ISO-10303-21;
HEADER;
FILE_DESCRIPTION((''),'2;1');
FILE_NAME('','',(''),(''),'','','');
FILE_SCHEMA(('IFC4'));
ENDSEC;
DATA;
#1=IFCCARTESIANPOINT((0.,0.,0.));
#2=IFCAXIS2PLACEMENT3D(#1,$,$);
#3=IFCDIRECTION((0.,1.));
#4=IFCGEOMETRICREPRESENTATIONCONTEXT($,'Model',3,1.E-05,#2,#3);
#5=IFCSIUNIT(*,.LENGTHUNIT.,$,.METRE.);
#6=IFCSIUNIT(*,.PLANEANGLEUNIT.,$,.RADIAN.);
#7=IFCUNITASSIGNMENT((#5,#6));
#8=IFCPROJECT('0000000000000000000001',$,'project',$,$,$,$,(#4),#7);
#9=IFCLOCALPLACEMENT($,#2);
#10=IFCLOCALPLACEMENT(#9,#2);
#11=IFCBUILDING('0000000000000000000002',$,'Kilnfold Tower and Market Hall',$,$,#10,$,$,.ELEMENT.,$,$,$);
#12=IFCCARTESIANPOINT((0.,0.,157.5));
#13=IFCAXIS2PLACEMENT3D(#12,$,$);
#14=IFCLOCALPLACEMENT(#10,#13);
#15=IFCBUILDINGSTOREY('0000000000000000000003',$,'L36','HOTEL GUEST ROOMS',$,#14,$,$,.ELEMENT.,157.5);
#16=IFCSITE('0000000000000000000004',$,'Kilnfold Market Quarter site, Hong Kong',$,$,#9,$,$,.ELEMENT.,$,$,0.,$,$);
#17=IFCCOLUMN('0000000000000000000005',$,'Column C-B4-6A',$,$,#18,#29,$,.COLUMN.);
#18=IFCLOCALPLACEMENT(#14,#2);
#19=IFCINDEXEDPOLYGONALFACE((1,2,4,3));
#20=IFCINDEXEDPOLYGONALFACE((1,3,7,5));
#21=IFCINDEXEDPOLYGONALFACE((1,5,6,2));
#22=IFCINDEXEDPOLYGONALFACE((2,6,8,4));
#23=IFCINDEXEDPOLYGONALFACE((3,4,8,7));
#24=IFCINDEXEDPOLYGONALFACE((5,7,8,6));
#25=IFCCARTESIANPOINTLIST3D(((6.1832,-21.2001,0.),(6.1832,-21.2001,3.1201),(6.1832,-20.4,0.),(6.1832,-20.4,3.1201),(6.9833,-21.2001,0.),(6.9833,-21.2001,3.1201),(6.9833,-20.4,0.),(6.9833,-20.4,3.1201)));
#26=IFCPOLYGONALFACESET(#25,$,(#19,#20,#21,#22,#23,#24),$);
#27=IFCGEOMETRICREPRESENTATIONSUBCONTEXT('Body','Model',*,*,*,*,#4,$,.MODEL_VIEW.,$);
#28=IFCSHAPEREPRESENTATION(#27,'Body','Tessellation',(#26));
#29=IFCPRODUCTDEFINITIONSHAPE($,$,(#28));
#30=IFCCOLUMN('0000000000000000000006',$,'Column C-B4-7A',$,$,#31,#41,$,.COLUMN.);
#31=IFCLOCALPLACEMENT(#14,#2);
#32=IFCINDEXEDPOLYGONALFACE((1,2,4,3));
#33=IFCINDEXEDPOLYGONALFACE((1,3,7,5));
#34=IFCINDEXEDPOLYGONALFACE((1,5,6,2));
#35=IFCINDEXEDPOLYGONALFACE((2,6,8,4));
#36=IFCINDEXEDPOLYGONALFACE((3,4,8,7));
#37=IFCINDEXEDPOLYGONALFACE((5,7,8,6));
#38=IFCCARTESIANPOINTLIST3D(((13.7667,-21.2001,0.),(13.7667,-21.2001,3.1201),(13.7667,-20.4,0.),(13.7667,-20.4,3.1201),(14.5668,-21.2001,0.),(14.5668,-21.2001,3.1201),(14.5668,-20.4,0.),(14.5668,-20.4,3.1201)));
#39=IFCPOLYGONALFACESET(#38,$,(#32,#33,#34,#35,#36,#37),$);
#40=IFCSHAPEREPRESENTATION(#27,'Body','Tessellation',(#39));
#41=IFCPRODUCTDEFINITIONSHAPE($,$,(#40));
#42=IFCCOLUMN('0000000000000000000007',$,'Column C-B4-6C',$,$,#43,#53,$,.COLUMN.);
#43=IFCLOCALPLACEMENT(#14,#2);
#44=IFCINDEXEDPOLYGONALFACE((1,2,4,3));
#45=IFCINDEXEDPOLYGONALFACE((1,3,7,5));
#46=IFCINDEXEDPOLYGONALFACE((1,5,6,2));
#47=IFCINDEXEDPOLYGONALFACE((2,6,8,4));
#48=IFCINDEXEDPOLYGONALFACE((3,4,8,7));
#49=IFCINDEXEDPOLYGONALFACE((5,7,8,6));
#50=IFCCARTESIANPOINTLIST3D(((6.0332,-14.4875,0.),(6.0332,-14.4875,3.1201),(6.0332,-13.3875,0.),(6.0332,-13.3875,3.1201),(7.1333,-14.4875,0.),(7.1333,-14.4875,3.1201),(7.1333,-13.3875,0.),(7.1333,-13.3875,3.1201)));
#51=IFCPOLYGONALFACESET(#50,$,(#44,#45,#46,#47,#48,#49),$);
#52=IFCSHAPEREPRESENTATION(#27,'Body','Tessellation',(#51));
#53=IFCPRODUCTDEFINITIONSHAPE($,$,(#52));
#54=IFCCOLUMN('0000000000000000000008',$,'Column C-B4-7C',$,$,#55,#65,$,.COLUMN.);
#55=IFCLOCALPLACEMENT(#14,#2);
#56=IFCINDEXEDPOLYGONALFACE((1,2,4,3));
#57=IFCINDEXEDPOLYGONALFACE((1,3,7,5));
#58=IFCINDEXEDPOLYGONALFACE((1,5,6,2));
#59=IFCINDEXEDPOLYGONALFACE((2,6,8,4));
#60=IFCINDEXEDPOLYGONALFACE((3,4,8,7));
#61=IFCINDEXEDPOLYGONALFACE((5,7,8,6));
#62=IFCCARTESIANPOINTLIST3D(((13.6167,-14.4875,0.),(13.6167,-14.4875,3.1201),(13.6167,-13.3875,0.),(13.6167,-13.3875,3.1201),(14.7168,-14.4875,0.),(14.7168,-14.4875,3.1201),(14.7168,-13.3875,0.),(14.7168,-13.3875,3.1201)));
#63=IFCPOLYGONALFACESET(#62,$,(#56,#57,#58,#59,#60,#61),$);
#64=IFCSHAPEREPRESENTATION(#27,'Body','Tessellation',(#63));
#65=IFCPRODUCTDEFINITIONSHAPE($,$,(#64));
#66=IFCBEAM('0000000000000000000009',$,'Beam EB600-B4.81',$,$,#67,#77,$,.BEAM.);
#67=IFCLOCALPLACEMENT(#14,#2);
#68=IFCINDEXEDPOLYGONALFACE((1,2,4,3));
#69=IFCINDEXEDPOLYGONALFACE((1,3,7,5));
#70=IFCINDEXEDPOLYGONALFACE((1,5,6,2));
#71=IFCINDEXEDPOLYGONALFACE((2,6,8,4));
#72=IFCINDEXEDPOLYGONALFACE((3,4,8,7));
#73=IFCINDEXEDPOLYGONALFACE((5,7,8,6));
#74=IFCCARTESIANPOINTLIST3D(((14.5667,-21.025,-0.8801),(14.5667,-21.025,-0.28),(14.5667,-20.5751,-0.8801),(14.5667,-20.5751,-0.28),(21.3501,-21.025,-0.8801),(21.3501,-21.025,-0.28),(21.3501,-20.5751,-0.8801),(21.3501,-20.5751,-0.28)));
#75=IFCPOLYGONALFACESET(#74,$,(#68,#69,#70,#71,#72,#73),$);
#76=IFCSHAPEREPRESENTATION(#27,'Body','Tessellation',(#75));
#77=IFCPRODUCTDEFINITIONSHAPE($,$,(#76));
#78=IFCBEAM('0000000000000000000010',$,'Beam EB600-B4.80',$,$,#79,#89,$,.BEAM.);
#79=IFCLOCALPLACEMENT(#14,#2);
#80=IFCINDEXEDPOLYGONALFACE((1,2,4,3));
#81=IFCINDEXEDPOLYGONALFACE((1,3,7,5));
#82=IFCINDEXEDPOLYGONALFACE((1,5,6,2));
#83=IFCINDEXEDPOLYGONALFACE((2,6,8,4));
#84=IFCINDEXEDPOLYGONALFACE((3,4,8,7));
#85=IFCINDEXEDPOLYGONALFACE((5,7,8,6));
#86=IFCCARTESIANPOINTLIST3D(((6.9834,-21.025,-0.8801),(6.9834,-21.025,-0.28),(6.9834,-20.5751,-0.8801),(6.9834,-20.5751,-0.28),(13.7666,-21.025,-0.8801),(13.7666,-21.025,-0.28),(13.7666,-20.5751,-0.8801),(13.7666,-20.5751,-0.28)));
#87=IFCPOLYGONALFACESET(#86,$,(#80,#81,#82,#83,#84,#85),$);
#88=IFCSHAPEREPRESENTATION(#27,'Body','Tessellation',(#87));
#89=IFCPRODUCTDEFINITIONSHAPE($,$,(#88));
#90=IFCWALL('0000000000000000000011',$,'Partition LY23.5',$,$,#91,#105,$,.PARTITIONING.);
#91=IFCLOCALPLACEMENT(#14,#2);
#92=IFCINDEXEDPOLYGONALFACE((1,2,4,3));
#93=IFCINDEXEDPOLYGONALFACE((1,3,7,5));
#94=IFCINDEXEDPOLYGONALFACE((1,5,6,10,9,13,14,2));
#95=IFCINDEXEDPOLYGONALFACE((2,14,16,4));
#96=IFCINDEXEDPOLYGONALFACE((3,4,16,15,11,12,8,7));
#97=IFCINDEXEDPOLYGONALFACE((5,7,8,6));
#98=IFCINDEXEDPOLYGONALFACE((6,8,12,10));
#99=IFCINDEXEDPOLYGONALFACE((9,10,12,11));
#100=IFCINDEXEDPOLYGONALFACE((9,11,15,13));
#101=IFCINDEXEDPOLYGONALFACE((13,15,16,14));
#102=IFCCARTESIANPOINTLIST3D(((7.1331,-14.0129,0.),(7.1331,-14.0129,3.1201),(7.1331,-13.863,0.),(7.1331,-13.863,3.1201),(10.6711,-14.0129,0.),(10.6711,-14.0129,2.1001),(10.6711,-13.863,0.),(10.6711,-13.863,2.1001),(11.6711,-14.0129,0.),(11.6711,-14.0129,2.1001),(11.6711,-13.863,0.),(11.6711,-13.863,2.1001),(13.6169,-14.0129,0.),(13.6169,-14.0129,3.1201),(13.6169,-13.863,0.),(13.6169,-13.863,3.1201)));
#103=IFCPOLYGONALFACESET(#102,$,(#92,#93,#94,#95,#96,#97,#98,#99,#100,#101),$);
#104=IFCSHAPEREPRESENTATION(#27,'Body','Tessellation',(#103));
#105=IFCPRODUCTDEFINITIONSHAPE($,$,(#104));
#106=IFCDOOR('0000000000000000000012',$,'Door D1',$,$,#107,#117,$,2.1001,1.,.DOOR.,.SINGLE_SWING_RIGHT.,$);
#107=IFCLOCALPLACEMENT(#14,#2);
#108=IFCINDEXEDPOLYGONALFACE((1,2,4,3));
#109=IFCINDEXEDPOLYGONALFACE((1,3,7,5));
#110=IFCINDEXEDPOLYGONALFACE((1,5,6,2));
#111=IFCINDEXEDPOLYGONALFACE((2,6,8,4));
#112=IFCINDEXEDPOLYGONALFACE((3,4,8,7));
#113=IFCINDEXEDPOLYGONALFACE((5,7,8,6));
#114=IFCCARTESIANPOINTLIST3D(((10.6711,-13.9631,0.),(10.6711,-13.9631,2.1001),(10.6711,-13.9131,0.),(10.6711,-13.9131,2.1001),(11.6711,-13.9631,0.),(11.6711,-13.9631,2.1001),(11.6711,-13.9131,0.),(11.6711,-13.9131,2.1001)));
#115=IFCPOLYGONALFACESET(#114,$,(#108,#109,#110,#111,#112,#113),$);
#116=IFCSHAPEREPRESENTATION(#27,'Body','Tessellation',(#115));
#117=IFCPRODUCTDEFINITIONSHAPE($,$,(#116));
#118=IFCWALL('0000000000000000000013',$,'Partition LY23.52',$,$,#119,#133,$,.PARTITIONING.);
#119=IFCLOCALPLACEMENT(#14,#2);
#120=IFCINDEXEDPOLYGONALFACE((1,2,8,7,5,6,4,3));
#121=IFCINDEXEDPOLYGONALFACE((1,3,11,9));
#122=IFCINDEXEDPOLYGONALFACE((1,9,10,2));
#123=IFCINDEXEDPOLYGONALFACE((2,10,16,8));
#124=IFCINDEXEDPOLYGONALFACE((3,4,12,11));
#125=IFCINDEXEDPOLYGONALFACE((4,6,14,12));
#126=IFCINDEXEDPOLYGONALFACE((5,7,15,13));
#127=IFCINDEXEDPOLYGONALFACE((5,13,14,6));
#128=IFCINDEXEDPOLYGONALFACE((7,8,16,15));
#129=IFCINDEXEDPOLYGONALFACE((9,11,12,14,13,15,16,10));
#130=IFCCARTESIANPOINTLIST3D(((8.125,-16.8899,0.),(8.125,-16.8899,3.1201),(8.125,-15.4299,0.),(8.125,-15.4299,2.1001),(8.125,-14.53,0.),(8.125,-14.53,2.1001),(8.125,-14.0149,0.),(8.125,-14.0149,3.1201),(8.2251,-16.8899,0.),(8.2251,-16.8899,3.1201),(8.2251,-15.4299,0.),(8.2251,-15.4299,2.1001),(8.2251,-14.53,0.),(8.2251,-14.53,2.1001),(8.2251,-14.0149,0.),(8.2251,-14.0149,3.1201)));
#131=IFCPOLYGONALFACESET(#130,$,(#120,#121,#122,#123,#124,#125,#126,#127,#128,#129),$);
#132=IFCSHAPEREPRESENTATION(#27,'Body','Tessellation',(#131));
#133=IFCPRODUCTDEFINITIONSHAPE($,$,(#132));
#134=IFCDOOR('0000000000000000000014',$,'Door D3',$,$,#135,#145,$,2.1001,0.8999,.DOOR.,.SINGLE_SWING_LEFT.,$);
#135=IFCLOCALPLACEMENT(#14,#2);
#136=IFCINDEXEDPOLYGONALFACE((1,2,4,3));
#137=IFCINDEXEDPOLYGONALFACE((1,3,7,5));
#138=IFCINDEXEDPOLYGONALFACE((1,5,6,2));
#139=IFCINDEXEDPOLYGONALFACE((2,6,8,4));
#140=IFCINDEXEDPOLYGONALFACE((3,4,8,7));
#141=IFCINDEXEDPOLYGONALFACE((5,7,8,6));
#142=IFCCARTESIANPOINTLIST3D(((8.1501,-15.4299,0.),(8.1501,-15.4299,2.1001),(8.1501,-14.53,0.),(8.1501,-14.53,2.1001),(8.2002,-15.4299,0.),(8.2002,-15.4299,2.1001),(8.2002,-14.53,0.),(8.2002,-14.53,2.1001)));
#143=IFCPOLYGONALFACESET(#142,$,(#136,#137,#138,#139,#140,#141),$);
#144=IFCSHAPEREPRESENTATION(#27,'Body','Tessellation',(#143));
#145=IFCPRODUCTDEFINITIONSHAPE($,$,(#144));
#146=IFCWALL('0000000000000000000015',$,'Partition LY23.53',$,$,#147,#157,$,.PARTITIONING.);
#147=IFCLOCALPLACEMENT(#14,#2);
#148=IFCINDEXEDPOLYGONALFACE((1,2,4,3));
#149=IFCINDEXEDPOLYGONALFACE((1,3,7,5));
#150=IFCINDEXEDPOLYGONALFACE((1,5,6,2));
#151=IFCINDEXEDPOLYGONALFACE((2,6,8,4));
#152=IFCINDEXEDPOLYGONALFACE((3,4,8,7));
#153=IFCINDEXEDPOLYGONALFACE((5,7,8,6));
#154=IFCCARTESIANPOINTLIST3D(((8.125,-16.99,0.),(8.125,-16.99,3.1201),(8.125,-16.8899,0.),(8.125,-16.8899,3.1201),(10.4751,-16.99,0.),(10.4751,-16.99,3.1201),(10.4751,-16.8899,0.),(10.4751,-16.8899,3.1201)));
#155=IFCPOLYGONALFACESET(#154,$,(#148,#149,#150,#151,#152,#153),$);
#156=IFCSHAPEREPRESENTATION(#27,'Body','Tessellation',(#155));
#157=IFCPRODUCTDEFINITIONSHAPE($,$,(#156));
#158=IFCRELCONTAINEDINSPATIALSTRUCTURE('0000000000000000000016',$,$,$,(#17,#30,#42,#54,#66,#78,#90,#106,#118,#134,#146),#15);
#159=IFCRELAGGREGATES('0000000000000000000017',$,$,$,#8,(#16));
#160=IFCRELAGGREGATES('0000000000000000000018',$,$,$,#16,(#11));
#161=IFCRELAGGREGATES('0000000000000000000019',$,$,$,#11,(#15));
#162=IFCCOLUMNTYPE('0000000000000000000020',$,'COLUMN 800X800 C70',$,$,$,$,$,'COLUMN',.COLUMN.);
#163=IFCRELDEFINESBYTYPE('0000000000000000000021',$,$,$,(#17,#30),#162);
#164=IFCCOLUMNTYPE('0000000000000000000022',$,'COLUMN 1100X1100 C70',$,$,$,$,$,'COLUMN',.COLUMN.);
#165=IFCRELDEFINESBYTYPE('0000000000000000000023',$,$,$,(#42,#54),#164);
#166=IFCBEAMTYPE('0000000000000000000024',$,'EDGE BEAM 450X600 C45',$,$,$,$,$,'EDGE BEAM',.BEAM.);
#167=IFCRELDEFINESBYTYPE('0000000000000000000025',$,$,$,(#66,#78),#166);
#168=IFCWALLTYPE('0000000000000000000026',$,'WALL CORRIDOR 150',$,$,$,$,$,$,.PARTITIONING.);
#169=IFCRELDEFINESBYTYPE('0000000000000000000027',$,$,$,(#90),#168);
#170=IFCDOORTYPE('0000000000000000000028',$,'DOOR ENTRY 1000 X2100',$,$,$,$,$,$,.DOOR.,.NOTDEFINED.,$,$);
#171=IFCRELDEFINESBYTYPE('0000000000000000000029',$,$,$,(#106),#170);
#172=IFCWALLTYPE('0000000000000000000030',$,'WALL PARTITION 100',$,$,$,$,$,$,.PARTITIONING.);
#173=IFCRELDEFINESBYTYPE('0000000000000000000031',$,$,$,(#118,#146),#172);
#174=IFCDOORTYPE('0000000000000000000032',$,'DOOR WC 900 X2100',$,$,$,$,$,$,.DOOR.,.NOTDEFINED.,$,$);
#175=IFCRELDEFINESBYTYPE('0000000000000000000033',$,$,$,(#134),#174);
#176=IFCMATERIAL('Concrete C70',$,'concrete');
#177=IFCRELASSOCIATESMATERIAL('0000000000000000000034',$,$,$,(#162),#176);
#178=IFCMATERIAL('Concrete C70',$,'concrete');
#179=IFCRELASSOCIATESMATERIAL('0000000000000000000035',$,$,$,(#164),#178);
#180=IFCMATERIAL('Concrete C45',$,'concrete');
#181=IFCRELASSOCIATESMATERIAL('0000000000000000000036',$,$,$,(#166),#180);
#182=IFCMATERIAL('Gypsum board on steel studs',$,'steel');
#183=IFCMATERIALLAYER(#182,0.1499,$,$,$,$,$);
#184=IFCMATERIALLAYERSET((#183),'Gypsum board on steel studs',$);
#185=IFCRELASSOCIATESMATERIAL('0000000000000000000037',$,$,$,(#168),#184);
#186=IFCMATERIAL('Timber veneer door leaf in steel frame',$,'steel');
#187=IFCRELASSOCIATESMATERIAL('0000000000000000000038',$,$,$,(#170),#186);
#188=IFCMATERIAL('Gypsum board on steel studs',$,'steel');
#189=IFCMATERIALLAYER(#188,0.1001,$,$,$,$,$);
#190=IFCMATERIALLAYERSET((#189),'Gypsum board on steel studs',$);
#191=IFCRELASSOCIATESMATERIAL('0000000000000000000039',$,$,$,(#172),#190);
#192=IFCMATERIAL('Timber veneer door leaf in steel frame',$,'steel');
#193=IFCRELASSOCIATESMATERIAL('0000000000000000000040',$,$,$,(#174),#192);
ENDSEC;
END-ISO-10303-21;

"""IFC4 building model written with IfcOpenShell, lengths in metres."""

from ifc_helpers import new_model, si_unit, direction, frame, frame_2d, origin, origin_2d, place, context, subcontext, project, spatial, rectangle, extrude, source, transform, mapped, material, layer, layer_set, material_profile, profile_set, type_object, element, fill, save


model = new_model("IFC4")

# Units and contexts
model_context = context("Model", 3, precision=1e-05, world=origin(), true_north=direction((0.0, 1.0)))
body_context = subcontext(model_context, "Body", "Model", "MODEL_VIEW")
ifc_project = project(units=[si_unit("LENGTHUNIT", "METRE"), si_unit("PLANEANGLEUNIT", "RADIAN")], contexts=[model_context])

# Site, building, storey
site_placement = place(None, origin())
site = spatial("IfcSite", under=ifc_project, at=site_placement, Name="Kilnfold Market Quarter site, Hong Kong", CompositionType="ELEMENT", RefElevation=0.0)
building_placement = place(site_placement, origin())
building = spatial("IfcBuilding", under=site, at=building_placement, Name="Kilnfold Tower and Market Hall", CompositionType="ELEMENT")
storey_placement = place(building_placement, frame((0.0, 0.0, 157.5)))
storey = spatial("IfcBuildingStorey", under=building, at=storey_placement, Name="L36", Description="HOTEL GUEST ROOMS", CompositionType="ELEMENT", Elevation=157.5)

# Columns
ifc_material_1 = material(Name="Concrete C70", Category="concrete")
ifc_material_profile_1 = material_profile(ifc_material_1, rectangle(XDim=0.8, YDim=0.8, at=origin_2d()), Name="RC 800x800")
ifc_profile_set_1 = profile_set([ifc_material_profile_1], Name="Concrete C70")
column_type_1 = type_object("IfcColumnType", Name="COLUMN 800X800 C70", ElementType="COLUMN", PredefinedType="COLUMN", material=ifc_profile_set_1)
shared_shape_1 = source(origin(), body_context, "Body", "SweptSolid", [
    extrude(rectangle(XDim=0.8, YDim=0.8, at=origin_2d()), origin(), (0.0, 0.0, 1.0), 3.1201),
])
for number, where, z_axis, x_axis, name in (
    (1, (6.5833, -20.8, 0.0), (0.0, 0.0, 1.0), (1.0, 0.0, 0.0), "Column C-B4-6A"),
    (2, (14.1667, -20.8, 0.0), (0.0, 0.0, 1.0), (1.0, 0.0, 0.0), "Column C-B4-7A"),
):
    element("IfcColumn", number, at=place(storey_placement, frame(where, z_axis=z_axis, x_axis=x_axis)), inside=storey, type_object=column_type_1, Name=name, PredefinedType="COLUMN", context=body_context, shape_type="MappedRepresentation", body=[
        mapped(shared_shape_1, transform((0.0, 0.0, 0.0))),
    ])
ifc_material_2 = material(Name="Concrete C70", Category="concrete")
ifc_material_profile_2 = material_profile(ifc_material_2, rectangle(XDim=1.1001, YDim=1.1001, at=origin_2d()), Name="RC 1100x1100")
ifc_profile_set_2 = profile_set([ifc_material_profile_2], Name="Concrete C70")
column_type_2 = type_object("IfcColumnType", Name="COLUMN 1100X1100 C70", ElementType="COLUMN", PredefinedType="COLUMN", material=ifc_profile_set_2)
shared_shape_2 = source(origin(), body_context, "Body", "SweptSolid", [
    extrude(rectangle(XDim=1.1001, YDim=1.1001, at=origin_2d()), origin(), (0.0, 0.0, 1.0), 3.1201),
])
for number, where, z_axis, x_axis, name in (
    (3, (6.5833, -13.9375, 0.0), (0.0, 0.0, 1.0), (1.0, 0.0, 0.0), "Column C-B4-6C"),
    (4, (14.1667, -13.9375, 0.0), (0.0, 0.0, 1.0), (1.0, 0.0, 0.0), "Column C-B4-7C"),
):
    element("IfcColumn", number, at=place(storey_placement, frame(where, z_axis=z_axis, x_axis=x_axis)), inside=storey, type_object=column_type_2, Name=name, PredefinedType="COLUMN", context=body_context, shape_type="MappedRepresentation", body=[
        mapped(shared_shape_2, transform((0.0, 0.0, 0.0))),
    ])

# Beams
ifc_material_3 = material(Name="Concrete C45", Category="concrete")
ifc_material_profile_3 = material_profile(ifc_material_3, rectangle(XDim=0.45, YDim=0.6001, at=origin_2d()), Name="RC 450x600")
ifc_profile_set_3 = profile_set([ifc_material_profile_3], Name="Concrete C45")
beam_type = type_object("IfcBeamType", Name="EDGE BEAM 450X600 C45", ElementType="EDGE BEAM", PredefinedType="BEAM", material=ifc_profile_set_3)
shared_shape_3 = source(origin(), body_context, "Body", "SweptSolid", [
    extrude(rectangle(XDim=0.45, YDim=0.6001, at=origin_2d()), origin(), (0.0, 0.0, 1.0), 6.7834),
])
beam_1_placement = place(storey_placement, frame((14.5667, -20.8, -0.5801), z_axis=(1.0, 0.0, 0.0), x_axis=(0.0, 1.0, 0.0)))
element("IfcBeam", 5, at=beam_1_placement, inside=storey, type_object=beam_type, Name="Beam EB600-B4.81", PredefinedType="BEAM", context=body_context, shape_type="MappedRepresentation", body=[
    mapped(shared_shape_3, transform((0.0, 0.0, 0.0))),
])
shared_shape_4 = source(origin(), body_context, "Body", "SweptSolid", [
    extrude(rectangle(XDim=0.45, YDim=0.6001, at=origin_2d()), origin(), (0.0, 0.0, 1.0), 6.7832),
])
beam_2_placement = place(storey_placement, frame((6.9834, -20.8, -0.5801), z_axis=(1.0, 0.0, 0.0), x_axis=(0.0, 1.0, 0.0)))
element("IfcBeam", 6, at=beam_2_placement, inside=storey, type_object=beam_type, Name="Beam EB600-B4.80", PredefinedType="BEAM", context=body_context, shape_type="MappedRepresentation", body=[
    mapped(shared_shape_4, transform((0.0, 0.0, 0.0))),
])

# Walls, openings, doors
ifc_material_4 = material(Name="Gypsum board on steel studs", Category="steel")
ifc_layer_1 = layer(ifc_material_4, 0.1499)
ifc_layer_set_1 = layer_set([ifc_layer_1], Name="Gypsum board on steel studs")
wall_type_1 = type_object("IfcWallType", Name="WALL CORRIDOR 150", PredefinedType="PARTITIONING", material=ifc_layer_set_1)
wall_1_placement = place(storey_placement, frame((7.1331, -13.938, 0.0), z_axis=(0.0, 0.0, 1.0), x_axis=(1.0, 0.0, 0.0)))
wall_1 = element("IfcWall", 7, at=wall_1_placement, inside=storey, type_object=wall_type_1, Name="Partition LY23.5", PredefinedType="PARTITIONING", context=body_context, shape_type="SweptSolid", body=[
    extrude(rectangle(XDim=6.4839, YDim=0.1499, at=frame_2d((3.2419, 0.0))), origin(), (0.0, 0.0, 1.0), 3.1201),
])
opening_1_placement = place(wall_1_placement, frame((3.5381, 0.0, 0.0)))
opening_1 = element("IfcOpeningElement", 8, at=opening_1_placement, cuts=wall_1, PredefinedType="OPENING", context=body_context, shape_type="SweptSolid", body=[
    extrude(rectangle(XDim=1.0, YDim=2.1001, at=frame_2d((0.5, 1.05))), frame((0.0, 0.085, 0.0), z_axis=(0.0, -1.0, 0.0), x_axis=(1.0, 0.0, 0.0)), (0.0, 0.0, 1.0), 0.1699),
])
ifc_material_5 = material(Name="Timber veneer door leaf in steel frame", Category="steel")
door_type_1 = type_object("IfcDoorType", Name="DOOR ENTRY 1000 X2100", OperationType="NOTDEFINED", PredefinedType="DOOR", material=ifc_material_5)
door_1_placement = place(opening_1_placement, origin())
door_1 = element("IfcDoor", 9, at=door_1_placement, inside=storey, type_object=door_type_1, Name="Door D1", OperationType="SINGLE_SWING_RIGHT", OverallHeight=2.1001, OverallWidth=1.0, PredefinedType="DOOR", context=body_context, shape_type="SweptSolid", body=[
    extrude(rectangle(XDim=1.0, YDim=2.1001, at=frame_2d((0.5, 1.05))), frame((0.0, 0.0249, 0.0), z_axis=(0.0, -1.0, 0.0), x_axis=(1.0, 0.0, 0.0)), (0.0, 0.0, 1.0), 0.05),
])
fill(opening_1, door_1)
ifc_material_6 = material(Name="Gypsum board on steel studs", Category="steel")
ifc_layer_2 = layer(ifc_material_6, 0.1001)
ifc_layer_set_2 = layer_set([ifc_layer_2], Name="Gypsum board on steel studs")
wall_type_2 = type_object("IfcWallType", Name="WALL PARTITION 100", PredefinedType="PARTITIONING", material=ifc_layer_set_2)
wall_2_placement = place(storey_placement, frame((8.175, -16.8899, 0.0), z_axis=(0.0, 0.0, 1.0), x_axis=(0.0, 1.0, 0.0)))
wall_2 = element("IfcWall", 10, at=wall_2_placement, inside=storey, type_object=wall_type_2, Name="Partition LY23.52", PredefinedType="PARTITIONING", context=body_context, shape_type="SweptSolid", body=[
    extrude(rectangle(XDim=2.875, YDim=0.1001, at=frame_2d((1.4375, 0.0))), origin(), (0.0, 0.0, 1.0), 3.1201),
])
opening_2_placement = place(wall_2_placement, frame((1.46, 0.0, 0.0)))
opening_2 = element("IfcOpeningElement", 11, at=opening_2_placement, cuts=wall_2, PredefinedType="OPENING", context=body_context, shape_type="SweptSolid", body=[
    extrude(rectangle(XDim=0.8999, YDim=2.1001, at=frame_2d((0.45, 1.05))), frame((0.0, 0.0601, 0.0), z_axis=(0.0, -1.0, 0.0), x_axis=(1.0, 0.0, 0.0)), (0.0, 0.0, 1.0), 0.1201),
])
ifc_material_7 = material(Name="Timber veneer door leaf in steel frame", Category="steel")
door_type_2 = type_object("IfcDoorType", Name="DOOR WC 900 X2100", OperationType="NOTDEFINED", PredefinedType="DOOR", material=ifc_material_7)
door_2_placement = place(opening_2_placement, origin())
door_2 = element("IfcDoor", 12, at=door_2_placement, inside=storey, type_object=door_type_2, Name="Door D3", OperationType="SINGLE_SWING_LEFT", OverallHeight=2.1001, OverallWidth=0.8999, PredefinedType="DOOR", context=body_context, shape_type="SweptSolid", body=[
    extrude(rectangle(XDim=0.8999, YDim=2.1001, at=frame_2d((0.45, 1.05))), frame((0.0, 0.0249, 0.0), z_axis=(0.0, -1.0, 0.0), x_axis=(1.0, 0.0, 0.0)), (0.0, 0.0, 1.0), 0.05),
])
fill(opening_2, door_2)

# Wall
wall_3_placement = place(storey_placement, frame((8.125, -16.9399, 0.0), z_axis=(0.0, 0.0, 1.0), x_axis=(1.0, 0.0, 0.0)))
element("IfcWall", 13, at=wall_3_placement, inside=storey, type_object=wall_type_2, Name="Partition LY23.53", PredefinedType="PARTITIONING", context=body_context, shape_type="SweptSolid", body=[
    extrude(rectangle(XDim=2.3501, YDim=0.1001, at=frame_2d((1.175, 0.0))), origin(), (0.0, 0.0, 1.0), 3.1201),
])

save(model, "model.ifc")
